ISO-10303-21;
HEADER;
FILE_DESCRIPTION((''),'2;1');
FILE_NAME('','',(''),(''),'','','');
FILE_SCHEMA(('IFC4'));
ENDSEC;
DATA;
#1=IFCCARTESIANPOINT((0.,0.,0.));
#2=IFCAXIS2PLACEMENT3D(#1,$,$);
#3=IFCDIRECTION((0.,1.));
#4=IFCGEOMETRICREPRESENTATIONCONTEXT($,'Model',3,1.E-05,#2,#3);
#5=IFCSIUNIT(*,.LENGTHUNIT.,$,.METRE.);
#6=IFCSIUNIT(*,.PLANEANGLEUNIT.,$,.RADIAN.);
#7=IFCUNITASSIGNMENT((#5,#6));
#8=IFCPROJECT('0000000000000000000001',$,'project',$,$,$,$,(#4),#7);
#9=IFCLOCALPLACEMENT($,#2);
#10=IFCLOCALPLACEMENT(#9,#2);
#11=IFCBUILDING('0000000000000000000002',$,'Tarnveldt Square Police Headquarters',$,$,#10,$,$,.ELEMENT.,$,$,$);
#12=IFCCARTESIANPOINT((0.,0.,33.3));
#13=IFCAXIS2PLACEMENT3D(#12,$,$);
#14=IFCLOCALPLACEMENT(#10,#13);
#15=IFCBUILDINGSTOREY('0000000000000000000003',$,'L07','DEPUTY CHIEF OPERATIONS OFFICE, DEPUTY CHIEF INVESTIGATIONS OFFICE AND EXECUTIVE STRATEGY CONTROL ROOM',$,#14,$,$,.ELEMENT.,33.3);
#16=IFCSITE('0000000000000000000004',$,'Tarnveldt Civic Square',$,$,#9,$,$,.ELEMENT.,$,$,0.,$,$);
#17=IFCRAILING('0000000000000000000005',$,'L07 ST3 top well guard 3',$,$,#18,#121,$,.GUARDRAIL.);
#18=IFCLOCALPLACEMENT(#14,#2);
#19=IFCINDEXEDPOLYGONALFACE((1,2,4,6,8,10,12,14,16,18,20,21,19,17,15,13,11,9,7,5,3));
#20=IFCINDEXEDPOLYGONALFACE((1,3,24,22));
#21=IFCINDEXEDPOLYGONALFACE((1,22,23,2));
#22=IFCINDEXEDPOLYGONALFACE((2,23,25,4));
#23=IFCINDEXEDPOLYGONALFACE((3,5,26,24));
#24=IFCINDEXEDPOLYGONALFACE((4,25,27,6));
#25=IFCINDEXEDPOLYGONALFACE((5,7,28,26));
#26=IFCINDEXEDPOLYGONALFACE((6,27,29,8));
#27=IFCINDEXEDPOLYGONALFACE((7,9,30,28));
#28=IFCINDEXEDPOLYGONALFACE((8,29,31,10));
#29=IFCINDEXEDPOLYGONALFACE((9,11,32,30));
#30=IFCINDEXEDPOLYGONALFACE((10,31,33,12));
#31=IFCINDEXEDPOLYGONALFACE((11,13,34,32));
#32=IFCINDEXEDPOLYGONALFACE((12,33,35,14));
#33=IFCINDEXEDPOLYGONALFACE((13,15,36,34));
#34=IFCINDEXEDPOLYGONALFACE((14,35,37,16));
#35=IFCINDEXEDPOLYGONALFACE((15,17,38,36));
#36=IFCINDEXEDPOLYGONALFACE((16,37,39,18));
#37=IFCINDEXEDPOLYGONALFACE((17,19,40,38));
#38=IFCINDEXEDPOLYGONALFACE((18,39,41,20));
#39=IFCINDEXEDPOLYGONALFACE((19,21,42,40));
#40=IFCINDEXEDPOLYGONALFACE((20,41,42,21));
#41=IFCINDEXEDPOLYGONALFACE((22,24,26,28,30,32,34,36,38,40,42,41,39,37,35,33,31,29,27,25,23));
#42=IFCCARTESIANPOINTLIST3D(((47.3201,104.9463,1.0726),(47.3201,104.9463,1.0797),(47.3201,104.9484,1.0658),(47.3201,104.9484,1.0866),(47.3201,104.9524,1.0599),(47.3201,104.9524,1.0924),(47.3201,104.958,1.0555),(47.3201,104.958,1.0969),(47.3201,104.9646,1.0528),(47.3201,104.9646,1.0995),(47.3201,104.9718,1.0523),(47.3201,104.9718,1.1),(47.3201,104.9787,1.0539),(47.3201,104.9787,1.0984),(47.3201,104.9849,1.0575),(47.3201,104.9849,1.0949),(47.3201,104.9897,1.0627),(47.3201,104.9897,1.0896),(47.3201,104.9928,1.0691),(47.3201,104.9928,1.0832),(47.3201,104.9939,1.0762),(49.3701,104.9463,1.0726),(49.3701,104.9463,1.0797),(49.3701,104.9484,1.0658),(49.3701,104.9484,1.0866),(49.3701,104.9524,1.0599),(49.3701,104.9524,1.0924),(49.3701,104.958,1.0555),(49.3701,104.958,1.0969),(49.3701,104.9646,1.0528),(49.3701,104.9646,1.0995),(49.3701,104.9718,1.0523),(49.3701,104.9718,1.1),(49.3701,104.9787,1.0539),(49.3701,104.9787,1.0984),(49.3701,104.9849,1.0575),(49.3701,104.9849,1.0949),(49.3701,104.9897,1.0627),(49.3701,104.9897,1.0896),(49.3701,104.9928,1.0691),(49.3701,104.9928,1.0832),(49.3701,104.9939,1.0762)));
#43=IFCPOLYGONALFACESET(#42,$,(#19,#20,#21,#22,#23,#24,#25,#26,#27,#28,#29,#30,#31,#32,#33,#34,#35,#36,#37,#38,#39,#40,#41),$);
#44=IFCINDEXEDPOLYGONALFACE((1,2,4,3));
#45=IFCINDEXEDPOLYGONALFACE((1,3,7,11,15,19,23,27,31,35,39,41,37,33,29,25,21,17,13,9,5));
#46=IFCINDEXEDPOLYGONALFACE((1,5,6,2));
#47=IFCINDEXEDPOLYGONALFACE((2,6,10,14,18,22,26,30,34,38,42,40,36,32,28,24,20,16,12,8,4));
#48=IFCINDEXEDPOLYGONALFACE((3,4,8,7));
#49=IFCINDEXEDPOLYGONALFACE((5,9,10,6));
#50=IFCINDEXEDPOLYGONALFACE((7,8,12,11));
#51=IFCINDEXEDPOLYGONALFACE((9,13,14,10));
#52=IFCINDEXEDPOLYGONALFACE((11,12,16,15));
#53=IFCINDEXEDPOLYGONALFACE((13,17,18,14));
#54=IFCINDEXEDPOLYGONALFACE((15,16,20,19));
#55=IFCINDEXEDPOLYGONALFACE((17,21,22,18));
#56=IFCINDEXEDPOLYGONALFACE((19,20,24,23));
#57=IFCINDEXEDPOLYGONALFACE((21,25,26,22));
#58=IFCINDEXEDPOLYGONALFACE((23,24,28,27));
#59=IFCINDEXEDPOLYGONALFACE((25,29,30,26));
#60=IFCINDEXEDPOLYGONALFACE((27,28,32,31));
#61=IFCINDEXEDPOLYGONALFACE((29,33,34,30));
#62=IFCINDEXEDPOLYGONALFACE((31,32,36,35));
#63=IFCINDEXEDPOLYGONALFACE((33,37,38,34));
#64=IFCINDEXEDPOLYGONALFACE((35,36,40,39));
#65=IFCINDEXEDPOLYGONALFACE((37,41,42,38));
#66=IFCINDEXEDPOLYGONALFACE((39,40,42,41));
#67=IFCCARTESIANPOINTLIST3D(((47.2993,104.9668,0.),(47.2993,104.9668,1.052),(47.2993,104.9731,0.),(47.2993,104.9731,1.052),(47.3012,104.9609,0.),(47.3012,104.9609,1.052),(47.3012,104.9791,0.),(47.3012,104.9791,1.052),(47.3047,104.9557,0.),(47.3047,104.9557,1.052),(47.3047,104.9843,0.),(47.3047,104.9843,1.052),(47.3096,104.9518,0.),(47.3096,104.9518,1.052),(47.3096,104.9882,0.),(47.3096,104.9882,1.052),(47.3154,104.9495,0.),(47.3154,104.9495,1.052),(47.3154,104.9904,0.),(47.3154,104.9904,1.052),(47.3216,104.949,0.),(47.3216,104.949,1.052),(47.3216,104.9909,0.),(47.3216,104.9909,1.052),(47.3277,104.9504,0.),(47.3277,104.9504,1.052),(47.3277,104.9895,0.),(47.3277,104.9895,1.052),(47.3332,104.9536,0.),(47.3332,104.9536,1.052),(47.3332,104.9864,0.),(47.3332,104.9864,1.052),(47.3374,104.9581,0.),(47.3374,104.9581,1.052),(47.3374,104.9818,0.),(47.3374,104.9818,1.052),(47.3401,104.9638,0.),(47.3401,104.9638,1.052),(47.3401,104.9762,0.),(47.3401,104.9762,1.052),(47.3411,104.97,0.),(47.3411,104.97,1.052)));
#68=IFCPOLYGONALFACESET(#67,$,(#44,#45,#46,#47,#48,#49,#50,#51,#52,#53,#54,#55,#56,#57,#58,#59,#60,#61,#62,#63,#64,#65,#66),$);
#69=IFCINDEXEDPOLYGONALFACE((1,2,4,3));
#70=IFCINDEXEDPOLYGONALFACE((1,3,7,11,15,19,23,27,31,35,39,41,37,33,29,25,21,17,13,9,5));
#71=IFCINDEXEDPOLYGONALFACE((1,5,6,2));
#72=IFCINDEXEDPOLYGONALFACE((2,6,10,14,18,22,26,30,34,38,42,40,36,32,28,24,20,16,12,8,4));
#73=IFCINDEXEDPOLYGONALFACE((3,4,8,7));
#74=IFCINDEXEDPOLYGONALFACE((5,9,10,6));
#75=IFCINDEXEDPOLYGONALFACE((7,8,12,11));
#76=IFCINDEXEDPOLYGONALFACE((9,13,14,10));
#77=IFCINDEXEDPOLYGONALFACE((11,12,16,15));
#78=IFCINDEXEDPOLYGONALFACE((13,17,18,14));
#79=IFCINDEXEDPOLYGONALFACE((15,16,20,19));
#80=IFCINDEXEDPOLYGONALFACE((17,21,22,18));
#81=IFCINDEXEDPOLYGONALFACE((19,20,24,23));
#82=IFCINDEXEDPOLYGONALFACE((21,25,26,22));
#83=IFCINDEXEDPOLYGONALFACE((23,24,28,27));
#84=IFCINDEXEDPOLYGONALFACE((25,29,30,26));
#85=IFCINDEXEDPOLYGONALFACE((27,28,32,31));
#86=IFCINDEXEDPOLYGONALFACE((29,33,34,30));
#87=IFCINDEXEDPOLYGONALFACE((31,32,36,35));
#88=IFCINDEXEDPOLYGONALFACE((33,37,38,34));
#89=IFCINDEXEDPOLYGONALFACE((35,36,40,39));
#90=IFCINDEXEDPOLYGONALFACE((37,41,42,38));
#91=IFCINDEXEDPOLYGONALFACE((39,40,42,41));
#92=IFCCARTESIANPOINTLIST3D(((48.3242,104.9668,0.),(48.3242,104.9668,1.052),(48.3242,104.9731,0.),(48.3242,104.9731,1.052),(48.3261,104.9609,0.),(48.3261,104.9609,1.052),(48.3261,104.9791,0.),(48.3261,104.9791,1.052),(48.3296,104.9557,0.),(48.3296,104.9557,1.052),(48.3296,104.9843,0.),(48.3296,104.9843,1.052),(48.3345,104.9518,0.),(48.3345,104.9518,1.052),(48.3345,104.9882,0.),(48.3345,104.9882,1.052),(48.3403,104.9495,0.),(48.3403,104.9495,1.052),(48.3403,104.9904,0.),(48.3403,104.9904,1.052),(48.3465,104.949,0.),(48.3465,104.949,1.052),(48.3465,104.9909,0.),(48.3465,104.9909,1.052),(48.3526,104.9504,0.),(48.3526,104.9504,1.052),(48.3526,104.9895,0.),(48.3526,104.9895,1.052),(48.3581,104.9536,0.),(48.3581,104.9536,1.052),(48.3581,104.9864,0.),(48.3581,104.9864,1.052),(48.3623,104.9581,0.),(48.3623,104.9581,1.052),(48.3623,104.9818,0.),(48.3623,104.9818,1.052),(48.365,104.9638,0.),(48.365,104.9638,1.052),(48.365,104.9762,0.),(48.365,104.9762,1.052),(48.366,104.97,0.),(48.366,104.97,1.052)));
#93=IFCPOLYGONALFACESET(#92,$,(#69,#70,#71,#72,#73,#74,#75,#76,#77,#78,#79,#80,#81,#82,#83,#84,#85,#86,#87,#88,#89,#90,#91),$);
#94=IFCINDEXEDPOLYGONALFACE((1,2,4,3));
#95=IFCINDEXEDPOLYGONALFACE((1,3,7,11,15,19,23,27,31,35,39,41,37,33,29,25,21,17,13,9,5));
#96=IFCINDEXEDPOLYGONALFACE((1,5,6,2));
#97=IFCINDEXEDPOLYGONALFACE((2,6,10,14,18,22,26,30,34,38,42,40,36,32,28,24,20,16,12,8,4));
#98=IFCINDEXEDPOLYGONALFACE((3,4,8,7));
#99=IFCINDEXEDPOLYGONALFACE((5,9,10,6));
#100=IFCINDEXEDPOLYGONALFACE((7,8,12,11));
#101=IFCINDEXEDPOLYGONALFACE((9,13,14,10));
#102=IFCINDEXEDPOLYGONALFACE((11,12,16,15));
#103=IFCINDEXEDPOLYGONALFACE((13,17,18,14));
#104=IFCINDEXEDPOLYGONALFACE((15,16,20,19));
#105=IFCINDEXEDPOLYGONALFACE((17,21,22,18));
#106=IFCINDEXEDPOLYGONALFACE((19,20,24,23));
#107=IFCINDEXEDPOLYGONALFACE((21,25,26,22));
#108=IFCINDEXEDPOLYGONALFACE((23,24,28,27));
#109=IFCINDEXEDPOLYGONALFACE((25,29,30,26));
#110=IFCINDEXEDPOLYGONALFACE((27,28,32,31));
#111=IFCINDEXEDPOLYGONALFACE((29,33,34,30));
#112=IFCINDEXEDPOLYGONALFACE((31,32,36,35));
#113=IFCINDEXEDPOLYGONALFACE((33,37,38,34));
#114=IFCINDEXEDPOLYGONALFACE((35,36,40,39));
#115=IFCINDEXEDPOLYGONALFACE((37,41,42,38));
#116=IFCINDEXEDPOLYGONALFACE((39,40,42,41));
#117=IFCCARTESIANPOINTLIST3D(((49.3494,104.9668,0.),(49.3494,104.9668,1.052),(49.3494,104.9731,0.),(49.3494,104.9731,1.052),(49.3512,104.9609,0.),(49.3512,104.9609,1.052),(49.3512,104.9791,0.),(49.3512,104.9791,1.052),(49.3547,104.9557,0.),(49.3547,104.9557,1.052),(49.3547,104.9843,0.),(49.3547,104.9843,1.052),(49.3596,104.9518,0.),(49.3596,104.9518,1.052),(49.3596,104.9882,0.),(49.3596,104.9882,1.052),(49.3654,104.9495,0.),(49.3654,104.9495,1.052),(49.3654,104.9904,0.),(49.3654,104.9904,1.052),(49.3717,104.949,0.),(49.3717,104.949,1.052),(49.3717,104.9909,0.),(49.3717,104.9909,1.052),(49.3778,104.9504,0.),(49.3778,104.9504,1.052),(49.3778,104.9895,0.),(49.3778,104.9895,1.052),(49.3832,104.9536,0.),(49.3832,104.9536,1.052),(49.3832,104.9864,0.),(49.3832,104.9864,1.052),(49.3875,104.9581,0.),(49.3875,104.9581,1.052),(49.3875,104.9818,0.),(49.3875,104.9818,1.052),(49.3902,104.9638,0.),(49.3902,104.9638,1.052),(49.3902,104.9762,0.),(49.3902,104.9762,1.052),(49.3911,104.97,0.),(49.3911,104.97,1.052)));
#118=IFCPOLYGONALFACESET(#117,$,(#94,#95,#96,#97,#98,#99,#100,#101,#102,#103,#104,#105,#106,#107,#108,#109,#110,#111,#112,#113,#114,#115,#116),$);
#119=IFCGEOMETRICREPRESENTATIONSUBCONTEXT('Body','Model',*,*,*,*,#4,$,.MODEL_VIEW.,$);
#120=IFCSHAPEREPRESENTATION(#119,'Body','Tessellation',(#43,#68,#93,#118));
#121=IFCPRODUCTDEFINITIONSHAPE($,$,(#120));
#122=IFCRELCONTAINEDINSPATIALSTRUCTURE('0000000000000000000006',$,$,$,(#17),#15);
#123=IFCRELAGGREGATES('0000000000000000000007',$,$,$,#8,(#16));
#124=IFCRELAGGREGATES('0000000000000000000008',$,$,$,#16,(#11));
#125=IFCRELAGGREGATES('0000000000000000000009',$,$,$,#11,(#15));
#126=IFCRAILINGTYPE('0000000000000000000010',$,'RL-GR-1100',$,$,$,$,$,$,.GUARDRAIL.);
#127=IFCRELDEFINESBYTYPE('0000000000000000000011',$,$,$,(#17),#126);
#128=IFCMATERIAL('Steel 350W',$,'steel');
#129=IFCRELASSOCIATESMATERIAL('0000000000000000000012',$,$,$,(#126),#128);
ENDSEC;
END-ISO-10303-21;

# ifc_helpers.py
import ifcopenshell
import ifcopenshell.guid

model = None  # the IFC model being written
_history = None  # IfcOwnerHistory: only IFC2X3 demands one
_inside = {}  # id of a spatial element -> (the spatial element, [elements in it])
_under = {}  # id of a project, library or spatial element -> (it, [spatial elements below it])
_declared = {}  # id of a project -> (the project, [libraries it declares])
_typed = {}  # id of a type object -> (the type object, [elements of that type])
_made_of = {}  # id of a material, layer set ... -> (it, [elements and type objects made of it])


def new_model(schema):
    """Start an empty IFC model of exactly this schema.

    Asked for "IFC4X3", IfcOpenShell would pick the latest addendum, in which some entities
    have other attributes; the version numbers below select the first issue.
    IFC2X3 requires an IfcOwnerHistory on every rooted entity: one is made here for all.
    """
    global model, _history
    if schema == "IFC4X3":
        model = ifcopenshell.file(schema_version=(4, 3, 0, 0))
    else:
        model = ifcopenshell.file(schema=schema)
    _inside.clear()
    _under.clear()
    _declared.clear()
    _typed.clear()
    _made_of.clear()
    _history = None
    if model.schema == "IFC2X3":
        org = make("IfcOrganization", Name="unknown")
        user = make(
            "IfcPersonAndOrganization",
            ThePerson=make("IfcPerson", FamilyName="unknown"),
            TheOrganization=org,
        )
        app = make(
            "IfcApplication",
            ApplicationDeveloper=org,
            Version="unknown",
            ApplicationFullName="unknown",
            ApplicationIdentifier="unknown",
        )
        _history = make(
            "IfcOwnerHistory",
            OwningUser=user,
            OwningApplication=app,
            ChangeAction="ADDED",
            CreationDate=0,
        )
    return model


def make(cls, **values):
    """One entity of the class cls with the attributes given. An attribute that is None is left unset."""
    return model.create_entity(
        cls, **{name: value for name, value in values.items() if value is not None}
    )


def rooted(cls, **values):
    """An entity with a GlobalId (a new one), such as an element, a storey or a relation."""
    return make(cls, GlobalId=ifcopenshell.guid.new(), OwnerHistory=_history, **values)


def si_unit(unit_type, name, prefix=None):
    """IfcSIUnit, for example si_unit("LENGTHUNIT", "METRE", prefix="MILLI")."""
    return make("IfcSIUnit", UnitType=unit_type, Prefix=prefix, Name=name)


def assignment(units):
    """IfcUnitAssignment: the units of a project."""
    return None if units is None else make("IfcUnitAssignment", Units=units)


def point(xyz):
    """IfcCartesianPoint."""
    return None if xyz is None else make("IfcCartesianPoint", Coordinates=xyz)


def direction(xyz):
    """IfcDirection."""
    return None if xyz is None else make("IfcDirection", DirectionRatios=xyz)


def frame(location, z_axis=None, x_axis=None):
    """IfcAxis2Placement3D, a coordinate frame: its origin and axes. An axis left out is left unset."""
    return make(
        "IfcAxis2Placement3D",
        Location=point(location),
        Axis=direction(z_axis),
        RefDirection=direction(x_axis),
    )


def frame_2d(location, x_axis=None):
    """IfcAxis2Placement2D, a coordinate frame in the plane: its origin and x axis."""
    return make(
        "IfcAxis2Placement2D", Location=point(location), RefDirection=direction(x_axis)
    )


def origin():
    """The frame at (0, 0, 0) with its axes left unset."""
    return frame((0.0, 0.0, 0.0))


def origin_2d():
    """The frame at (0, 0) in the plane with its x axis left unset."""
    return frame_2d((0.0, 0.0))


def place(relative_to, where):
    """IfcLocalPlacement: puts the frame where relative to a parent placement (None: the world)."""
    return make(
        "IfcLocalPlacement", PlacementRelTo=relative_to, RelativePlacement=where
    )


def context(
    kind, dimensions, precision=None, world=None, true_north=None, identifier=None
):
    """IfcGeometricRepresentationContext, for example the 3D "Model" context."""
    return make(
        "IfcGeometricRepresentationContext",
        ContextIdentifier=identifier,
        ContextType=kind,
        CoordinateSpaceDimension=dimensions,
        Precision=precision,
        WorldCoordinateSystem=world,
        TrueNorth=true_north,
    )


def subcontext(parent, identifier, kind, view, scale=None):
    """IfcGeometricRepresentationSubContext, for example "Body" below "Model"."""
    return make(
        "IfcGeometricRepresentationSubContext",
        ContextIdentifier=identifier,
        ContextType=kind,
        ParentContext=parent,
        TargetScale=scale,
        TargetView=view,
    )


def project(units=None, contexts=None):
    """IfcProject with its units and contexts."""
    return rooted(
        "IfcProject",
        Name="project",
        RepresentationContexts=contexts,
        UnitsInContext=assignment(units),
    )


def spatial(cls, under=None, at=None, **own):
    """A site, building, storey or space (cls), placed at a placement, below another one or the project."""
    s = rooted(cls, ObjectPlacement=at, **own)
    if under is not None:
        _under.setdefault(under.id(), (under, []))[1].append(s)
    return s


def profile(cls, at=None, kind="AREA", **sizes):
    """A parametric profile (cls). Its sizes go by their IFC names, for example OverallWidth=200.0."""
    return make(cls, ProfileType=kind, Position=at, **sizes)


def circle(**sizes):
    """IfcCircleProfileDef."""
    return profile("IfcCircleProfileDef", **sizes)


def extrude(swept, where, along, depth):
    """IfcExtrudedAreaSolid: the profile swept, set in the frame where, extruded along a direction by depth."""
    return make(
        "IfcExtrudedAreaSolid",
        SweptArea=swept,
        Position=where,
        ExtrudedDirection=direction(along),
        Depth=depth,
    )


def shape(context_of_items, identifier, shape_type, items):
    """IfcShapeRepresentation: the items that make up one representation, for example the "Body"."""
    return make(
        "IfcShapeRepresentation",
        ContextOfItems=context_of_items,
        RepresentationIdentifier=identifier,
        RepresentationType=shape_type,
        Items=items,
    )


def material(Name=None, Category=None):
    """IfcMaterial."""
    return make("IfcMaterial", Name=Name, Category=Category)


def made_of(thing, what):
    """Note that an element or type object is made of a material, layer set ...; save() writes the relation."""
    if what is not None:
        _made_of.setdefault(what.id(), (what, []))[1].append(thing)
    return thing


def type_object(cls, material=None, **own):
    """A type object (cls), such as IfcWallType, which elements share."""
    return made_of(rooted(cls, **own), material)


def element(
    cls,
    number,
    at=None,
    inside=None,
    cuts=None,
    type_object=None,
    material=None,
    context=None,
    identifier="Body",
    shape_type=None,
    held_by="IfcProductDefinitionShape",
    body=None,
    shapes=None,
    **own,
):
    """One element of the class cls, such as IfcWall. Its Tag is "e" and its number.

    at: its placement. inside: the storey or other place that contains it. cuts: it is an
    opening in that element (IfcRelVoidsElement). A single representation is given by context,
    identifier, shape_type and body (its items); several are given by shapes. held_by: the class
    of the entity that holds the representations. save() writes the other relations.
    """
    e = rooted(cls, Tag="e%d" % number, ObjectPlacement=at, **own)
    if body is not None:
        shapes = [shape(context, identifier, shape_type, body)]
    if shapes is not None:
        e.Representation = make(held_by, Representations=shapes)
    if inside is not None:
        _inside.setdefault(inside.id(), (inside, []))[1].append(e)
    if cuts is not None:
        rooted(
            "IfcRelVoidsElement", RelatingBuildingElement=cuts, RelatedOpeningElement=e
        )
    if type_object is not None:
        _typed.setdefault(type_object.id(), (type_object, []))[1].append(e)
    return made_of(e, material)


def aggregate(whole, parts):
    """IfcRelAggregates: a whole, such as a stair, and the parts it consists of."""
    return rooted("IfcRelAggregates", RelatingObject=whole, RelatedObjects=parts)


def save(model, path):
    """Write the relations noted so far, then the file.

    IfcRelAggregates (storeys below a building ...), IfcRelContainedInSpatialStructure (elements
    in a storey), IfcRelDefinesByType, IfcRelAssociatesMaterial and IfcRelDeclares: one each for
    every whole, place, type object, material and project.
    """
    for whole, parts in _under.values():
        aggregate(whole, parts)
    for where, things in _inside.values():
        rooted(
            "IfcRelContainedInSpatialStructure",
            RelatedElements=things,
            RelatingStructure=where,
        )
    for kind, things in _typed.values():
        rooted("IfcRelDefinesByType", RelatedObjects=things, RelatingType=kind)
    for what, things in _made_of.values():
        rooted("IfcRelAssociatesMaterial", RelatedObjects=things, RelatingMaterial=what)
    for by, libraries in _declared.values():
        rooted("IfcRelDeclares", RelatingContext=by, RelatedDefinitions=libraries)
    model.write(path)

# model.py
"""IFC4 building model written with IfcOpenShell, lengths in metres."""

from ifc_helpers import new_model, si_unit, direction, frame, origin, origin_2d, place, context, subcontext, project, spatial, circle, extrude, material, type_object, element, save


model = new_model("IFC4")

# Units and contexts
model_context = context("Model", 3, precision=1e-05, world=origin(), true_north=direction((0.0, 1.0)))
body_context = subcontext(model_context, "Body", "Model", "MODEL_VIEW")
ifc_project = project(units=[si_unit("LENGTHUNIT", "METRE"), si_unit("PLANEANGLEUNIT", "RADIAN")], contexts=[model_context])

# Site, building, storey
site_placement = place(None, origin())
site = spatial("IfcSite", under=ifc_project, at=site_placement, Name="Tarnveldt Civic Square", CompositionType="ELEMENT", RefElevation=0.0)
building_placement = place(site_placement, origin())
building = spatial("IfcBuilding", under=site, at=building_placement, Name="Tarnveldt Square Police Headquarters", CompositionType="ELEMENT")
storey_placement = place(building_placement, frame((0.0, 0.0, 33.3)))
storey = spatial("IfcBuildingStorey", under=building, at=storey_placement, Name="L07", Description="DEPUTY CHIEF OPERATIONS OFFICE, DEPUTY CHIEF INVESTIGATIONS OFFICE AND EXECUTIVE STRATEGY CONTROL ROOM", CompositionType="ELEMENT", Elevation=33.3)

# Shared definitions
ifc_material_1 = material(Name="Steel 350W", Category="steel")

# Railing
railing_type = type_object("IfcRailingType", Name="RL-GR-1100", PredefinedType="GUARDRAIL", material=ifc_material_1)
railing_1_placement = place(storey_placement, frame((47.3201, 104.97, 0.0)))
element("IfcRailing", 1, at=railing_1_placement, inside=storey, type_object=railing_type, Name="L07 ST3 top well guard 3", PredefinedType="GUARDRAIL", context=body_context, shape_type="SweptSolid", body=[
    extrude(circle(Radius=0.0239, at=origin_2d()), frame((0.0, 0.0, 1.0762), z_axis=(1.0, 0.0, 0.0), x_axis=(0.0, 1.0, 0.0)), (0.0, 0.0, 1.0), 2.05),
    extrude(circle(Radius=0.021, at=origin_2d()), origin(), (0.0, 0.0, 1.0), 1.052),
    extrude(circle(Radius=0.021, at=origin_2d()), frame((1.0249, 0.0, 0.0)), (0.0, 0.0, 1.0), 1.052),
    extrude(circle(Radius=0.021, at=origin_2d()), frame((2.05, 0.0, 0.0)), (0.0, 0.0, 1.0), 1.052),
])

save(model, "model.ifc")
